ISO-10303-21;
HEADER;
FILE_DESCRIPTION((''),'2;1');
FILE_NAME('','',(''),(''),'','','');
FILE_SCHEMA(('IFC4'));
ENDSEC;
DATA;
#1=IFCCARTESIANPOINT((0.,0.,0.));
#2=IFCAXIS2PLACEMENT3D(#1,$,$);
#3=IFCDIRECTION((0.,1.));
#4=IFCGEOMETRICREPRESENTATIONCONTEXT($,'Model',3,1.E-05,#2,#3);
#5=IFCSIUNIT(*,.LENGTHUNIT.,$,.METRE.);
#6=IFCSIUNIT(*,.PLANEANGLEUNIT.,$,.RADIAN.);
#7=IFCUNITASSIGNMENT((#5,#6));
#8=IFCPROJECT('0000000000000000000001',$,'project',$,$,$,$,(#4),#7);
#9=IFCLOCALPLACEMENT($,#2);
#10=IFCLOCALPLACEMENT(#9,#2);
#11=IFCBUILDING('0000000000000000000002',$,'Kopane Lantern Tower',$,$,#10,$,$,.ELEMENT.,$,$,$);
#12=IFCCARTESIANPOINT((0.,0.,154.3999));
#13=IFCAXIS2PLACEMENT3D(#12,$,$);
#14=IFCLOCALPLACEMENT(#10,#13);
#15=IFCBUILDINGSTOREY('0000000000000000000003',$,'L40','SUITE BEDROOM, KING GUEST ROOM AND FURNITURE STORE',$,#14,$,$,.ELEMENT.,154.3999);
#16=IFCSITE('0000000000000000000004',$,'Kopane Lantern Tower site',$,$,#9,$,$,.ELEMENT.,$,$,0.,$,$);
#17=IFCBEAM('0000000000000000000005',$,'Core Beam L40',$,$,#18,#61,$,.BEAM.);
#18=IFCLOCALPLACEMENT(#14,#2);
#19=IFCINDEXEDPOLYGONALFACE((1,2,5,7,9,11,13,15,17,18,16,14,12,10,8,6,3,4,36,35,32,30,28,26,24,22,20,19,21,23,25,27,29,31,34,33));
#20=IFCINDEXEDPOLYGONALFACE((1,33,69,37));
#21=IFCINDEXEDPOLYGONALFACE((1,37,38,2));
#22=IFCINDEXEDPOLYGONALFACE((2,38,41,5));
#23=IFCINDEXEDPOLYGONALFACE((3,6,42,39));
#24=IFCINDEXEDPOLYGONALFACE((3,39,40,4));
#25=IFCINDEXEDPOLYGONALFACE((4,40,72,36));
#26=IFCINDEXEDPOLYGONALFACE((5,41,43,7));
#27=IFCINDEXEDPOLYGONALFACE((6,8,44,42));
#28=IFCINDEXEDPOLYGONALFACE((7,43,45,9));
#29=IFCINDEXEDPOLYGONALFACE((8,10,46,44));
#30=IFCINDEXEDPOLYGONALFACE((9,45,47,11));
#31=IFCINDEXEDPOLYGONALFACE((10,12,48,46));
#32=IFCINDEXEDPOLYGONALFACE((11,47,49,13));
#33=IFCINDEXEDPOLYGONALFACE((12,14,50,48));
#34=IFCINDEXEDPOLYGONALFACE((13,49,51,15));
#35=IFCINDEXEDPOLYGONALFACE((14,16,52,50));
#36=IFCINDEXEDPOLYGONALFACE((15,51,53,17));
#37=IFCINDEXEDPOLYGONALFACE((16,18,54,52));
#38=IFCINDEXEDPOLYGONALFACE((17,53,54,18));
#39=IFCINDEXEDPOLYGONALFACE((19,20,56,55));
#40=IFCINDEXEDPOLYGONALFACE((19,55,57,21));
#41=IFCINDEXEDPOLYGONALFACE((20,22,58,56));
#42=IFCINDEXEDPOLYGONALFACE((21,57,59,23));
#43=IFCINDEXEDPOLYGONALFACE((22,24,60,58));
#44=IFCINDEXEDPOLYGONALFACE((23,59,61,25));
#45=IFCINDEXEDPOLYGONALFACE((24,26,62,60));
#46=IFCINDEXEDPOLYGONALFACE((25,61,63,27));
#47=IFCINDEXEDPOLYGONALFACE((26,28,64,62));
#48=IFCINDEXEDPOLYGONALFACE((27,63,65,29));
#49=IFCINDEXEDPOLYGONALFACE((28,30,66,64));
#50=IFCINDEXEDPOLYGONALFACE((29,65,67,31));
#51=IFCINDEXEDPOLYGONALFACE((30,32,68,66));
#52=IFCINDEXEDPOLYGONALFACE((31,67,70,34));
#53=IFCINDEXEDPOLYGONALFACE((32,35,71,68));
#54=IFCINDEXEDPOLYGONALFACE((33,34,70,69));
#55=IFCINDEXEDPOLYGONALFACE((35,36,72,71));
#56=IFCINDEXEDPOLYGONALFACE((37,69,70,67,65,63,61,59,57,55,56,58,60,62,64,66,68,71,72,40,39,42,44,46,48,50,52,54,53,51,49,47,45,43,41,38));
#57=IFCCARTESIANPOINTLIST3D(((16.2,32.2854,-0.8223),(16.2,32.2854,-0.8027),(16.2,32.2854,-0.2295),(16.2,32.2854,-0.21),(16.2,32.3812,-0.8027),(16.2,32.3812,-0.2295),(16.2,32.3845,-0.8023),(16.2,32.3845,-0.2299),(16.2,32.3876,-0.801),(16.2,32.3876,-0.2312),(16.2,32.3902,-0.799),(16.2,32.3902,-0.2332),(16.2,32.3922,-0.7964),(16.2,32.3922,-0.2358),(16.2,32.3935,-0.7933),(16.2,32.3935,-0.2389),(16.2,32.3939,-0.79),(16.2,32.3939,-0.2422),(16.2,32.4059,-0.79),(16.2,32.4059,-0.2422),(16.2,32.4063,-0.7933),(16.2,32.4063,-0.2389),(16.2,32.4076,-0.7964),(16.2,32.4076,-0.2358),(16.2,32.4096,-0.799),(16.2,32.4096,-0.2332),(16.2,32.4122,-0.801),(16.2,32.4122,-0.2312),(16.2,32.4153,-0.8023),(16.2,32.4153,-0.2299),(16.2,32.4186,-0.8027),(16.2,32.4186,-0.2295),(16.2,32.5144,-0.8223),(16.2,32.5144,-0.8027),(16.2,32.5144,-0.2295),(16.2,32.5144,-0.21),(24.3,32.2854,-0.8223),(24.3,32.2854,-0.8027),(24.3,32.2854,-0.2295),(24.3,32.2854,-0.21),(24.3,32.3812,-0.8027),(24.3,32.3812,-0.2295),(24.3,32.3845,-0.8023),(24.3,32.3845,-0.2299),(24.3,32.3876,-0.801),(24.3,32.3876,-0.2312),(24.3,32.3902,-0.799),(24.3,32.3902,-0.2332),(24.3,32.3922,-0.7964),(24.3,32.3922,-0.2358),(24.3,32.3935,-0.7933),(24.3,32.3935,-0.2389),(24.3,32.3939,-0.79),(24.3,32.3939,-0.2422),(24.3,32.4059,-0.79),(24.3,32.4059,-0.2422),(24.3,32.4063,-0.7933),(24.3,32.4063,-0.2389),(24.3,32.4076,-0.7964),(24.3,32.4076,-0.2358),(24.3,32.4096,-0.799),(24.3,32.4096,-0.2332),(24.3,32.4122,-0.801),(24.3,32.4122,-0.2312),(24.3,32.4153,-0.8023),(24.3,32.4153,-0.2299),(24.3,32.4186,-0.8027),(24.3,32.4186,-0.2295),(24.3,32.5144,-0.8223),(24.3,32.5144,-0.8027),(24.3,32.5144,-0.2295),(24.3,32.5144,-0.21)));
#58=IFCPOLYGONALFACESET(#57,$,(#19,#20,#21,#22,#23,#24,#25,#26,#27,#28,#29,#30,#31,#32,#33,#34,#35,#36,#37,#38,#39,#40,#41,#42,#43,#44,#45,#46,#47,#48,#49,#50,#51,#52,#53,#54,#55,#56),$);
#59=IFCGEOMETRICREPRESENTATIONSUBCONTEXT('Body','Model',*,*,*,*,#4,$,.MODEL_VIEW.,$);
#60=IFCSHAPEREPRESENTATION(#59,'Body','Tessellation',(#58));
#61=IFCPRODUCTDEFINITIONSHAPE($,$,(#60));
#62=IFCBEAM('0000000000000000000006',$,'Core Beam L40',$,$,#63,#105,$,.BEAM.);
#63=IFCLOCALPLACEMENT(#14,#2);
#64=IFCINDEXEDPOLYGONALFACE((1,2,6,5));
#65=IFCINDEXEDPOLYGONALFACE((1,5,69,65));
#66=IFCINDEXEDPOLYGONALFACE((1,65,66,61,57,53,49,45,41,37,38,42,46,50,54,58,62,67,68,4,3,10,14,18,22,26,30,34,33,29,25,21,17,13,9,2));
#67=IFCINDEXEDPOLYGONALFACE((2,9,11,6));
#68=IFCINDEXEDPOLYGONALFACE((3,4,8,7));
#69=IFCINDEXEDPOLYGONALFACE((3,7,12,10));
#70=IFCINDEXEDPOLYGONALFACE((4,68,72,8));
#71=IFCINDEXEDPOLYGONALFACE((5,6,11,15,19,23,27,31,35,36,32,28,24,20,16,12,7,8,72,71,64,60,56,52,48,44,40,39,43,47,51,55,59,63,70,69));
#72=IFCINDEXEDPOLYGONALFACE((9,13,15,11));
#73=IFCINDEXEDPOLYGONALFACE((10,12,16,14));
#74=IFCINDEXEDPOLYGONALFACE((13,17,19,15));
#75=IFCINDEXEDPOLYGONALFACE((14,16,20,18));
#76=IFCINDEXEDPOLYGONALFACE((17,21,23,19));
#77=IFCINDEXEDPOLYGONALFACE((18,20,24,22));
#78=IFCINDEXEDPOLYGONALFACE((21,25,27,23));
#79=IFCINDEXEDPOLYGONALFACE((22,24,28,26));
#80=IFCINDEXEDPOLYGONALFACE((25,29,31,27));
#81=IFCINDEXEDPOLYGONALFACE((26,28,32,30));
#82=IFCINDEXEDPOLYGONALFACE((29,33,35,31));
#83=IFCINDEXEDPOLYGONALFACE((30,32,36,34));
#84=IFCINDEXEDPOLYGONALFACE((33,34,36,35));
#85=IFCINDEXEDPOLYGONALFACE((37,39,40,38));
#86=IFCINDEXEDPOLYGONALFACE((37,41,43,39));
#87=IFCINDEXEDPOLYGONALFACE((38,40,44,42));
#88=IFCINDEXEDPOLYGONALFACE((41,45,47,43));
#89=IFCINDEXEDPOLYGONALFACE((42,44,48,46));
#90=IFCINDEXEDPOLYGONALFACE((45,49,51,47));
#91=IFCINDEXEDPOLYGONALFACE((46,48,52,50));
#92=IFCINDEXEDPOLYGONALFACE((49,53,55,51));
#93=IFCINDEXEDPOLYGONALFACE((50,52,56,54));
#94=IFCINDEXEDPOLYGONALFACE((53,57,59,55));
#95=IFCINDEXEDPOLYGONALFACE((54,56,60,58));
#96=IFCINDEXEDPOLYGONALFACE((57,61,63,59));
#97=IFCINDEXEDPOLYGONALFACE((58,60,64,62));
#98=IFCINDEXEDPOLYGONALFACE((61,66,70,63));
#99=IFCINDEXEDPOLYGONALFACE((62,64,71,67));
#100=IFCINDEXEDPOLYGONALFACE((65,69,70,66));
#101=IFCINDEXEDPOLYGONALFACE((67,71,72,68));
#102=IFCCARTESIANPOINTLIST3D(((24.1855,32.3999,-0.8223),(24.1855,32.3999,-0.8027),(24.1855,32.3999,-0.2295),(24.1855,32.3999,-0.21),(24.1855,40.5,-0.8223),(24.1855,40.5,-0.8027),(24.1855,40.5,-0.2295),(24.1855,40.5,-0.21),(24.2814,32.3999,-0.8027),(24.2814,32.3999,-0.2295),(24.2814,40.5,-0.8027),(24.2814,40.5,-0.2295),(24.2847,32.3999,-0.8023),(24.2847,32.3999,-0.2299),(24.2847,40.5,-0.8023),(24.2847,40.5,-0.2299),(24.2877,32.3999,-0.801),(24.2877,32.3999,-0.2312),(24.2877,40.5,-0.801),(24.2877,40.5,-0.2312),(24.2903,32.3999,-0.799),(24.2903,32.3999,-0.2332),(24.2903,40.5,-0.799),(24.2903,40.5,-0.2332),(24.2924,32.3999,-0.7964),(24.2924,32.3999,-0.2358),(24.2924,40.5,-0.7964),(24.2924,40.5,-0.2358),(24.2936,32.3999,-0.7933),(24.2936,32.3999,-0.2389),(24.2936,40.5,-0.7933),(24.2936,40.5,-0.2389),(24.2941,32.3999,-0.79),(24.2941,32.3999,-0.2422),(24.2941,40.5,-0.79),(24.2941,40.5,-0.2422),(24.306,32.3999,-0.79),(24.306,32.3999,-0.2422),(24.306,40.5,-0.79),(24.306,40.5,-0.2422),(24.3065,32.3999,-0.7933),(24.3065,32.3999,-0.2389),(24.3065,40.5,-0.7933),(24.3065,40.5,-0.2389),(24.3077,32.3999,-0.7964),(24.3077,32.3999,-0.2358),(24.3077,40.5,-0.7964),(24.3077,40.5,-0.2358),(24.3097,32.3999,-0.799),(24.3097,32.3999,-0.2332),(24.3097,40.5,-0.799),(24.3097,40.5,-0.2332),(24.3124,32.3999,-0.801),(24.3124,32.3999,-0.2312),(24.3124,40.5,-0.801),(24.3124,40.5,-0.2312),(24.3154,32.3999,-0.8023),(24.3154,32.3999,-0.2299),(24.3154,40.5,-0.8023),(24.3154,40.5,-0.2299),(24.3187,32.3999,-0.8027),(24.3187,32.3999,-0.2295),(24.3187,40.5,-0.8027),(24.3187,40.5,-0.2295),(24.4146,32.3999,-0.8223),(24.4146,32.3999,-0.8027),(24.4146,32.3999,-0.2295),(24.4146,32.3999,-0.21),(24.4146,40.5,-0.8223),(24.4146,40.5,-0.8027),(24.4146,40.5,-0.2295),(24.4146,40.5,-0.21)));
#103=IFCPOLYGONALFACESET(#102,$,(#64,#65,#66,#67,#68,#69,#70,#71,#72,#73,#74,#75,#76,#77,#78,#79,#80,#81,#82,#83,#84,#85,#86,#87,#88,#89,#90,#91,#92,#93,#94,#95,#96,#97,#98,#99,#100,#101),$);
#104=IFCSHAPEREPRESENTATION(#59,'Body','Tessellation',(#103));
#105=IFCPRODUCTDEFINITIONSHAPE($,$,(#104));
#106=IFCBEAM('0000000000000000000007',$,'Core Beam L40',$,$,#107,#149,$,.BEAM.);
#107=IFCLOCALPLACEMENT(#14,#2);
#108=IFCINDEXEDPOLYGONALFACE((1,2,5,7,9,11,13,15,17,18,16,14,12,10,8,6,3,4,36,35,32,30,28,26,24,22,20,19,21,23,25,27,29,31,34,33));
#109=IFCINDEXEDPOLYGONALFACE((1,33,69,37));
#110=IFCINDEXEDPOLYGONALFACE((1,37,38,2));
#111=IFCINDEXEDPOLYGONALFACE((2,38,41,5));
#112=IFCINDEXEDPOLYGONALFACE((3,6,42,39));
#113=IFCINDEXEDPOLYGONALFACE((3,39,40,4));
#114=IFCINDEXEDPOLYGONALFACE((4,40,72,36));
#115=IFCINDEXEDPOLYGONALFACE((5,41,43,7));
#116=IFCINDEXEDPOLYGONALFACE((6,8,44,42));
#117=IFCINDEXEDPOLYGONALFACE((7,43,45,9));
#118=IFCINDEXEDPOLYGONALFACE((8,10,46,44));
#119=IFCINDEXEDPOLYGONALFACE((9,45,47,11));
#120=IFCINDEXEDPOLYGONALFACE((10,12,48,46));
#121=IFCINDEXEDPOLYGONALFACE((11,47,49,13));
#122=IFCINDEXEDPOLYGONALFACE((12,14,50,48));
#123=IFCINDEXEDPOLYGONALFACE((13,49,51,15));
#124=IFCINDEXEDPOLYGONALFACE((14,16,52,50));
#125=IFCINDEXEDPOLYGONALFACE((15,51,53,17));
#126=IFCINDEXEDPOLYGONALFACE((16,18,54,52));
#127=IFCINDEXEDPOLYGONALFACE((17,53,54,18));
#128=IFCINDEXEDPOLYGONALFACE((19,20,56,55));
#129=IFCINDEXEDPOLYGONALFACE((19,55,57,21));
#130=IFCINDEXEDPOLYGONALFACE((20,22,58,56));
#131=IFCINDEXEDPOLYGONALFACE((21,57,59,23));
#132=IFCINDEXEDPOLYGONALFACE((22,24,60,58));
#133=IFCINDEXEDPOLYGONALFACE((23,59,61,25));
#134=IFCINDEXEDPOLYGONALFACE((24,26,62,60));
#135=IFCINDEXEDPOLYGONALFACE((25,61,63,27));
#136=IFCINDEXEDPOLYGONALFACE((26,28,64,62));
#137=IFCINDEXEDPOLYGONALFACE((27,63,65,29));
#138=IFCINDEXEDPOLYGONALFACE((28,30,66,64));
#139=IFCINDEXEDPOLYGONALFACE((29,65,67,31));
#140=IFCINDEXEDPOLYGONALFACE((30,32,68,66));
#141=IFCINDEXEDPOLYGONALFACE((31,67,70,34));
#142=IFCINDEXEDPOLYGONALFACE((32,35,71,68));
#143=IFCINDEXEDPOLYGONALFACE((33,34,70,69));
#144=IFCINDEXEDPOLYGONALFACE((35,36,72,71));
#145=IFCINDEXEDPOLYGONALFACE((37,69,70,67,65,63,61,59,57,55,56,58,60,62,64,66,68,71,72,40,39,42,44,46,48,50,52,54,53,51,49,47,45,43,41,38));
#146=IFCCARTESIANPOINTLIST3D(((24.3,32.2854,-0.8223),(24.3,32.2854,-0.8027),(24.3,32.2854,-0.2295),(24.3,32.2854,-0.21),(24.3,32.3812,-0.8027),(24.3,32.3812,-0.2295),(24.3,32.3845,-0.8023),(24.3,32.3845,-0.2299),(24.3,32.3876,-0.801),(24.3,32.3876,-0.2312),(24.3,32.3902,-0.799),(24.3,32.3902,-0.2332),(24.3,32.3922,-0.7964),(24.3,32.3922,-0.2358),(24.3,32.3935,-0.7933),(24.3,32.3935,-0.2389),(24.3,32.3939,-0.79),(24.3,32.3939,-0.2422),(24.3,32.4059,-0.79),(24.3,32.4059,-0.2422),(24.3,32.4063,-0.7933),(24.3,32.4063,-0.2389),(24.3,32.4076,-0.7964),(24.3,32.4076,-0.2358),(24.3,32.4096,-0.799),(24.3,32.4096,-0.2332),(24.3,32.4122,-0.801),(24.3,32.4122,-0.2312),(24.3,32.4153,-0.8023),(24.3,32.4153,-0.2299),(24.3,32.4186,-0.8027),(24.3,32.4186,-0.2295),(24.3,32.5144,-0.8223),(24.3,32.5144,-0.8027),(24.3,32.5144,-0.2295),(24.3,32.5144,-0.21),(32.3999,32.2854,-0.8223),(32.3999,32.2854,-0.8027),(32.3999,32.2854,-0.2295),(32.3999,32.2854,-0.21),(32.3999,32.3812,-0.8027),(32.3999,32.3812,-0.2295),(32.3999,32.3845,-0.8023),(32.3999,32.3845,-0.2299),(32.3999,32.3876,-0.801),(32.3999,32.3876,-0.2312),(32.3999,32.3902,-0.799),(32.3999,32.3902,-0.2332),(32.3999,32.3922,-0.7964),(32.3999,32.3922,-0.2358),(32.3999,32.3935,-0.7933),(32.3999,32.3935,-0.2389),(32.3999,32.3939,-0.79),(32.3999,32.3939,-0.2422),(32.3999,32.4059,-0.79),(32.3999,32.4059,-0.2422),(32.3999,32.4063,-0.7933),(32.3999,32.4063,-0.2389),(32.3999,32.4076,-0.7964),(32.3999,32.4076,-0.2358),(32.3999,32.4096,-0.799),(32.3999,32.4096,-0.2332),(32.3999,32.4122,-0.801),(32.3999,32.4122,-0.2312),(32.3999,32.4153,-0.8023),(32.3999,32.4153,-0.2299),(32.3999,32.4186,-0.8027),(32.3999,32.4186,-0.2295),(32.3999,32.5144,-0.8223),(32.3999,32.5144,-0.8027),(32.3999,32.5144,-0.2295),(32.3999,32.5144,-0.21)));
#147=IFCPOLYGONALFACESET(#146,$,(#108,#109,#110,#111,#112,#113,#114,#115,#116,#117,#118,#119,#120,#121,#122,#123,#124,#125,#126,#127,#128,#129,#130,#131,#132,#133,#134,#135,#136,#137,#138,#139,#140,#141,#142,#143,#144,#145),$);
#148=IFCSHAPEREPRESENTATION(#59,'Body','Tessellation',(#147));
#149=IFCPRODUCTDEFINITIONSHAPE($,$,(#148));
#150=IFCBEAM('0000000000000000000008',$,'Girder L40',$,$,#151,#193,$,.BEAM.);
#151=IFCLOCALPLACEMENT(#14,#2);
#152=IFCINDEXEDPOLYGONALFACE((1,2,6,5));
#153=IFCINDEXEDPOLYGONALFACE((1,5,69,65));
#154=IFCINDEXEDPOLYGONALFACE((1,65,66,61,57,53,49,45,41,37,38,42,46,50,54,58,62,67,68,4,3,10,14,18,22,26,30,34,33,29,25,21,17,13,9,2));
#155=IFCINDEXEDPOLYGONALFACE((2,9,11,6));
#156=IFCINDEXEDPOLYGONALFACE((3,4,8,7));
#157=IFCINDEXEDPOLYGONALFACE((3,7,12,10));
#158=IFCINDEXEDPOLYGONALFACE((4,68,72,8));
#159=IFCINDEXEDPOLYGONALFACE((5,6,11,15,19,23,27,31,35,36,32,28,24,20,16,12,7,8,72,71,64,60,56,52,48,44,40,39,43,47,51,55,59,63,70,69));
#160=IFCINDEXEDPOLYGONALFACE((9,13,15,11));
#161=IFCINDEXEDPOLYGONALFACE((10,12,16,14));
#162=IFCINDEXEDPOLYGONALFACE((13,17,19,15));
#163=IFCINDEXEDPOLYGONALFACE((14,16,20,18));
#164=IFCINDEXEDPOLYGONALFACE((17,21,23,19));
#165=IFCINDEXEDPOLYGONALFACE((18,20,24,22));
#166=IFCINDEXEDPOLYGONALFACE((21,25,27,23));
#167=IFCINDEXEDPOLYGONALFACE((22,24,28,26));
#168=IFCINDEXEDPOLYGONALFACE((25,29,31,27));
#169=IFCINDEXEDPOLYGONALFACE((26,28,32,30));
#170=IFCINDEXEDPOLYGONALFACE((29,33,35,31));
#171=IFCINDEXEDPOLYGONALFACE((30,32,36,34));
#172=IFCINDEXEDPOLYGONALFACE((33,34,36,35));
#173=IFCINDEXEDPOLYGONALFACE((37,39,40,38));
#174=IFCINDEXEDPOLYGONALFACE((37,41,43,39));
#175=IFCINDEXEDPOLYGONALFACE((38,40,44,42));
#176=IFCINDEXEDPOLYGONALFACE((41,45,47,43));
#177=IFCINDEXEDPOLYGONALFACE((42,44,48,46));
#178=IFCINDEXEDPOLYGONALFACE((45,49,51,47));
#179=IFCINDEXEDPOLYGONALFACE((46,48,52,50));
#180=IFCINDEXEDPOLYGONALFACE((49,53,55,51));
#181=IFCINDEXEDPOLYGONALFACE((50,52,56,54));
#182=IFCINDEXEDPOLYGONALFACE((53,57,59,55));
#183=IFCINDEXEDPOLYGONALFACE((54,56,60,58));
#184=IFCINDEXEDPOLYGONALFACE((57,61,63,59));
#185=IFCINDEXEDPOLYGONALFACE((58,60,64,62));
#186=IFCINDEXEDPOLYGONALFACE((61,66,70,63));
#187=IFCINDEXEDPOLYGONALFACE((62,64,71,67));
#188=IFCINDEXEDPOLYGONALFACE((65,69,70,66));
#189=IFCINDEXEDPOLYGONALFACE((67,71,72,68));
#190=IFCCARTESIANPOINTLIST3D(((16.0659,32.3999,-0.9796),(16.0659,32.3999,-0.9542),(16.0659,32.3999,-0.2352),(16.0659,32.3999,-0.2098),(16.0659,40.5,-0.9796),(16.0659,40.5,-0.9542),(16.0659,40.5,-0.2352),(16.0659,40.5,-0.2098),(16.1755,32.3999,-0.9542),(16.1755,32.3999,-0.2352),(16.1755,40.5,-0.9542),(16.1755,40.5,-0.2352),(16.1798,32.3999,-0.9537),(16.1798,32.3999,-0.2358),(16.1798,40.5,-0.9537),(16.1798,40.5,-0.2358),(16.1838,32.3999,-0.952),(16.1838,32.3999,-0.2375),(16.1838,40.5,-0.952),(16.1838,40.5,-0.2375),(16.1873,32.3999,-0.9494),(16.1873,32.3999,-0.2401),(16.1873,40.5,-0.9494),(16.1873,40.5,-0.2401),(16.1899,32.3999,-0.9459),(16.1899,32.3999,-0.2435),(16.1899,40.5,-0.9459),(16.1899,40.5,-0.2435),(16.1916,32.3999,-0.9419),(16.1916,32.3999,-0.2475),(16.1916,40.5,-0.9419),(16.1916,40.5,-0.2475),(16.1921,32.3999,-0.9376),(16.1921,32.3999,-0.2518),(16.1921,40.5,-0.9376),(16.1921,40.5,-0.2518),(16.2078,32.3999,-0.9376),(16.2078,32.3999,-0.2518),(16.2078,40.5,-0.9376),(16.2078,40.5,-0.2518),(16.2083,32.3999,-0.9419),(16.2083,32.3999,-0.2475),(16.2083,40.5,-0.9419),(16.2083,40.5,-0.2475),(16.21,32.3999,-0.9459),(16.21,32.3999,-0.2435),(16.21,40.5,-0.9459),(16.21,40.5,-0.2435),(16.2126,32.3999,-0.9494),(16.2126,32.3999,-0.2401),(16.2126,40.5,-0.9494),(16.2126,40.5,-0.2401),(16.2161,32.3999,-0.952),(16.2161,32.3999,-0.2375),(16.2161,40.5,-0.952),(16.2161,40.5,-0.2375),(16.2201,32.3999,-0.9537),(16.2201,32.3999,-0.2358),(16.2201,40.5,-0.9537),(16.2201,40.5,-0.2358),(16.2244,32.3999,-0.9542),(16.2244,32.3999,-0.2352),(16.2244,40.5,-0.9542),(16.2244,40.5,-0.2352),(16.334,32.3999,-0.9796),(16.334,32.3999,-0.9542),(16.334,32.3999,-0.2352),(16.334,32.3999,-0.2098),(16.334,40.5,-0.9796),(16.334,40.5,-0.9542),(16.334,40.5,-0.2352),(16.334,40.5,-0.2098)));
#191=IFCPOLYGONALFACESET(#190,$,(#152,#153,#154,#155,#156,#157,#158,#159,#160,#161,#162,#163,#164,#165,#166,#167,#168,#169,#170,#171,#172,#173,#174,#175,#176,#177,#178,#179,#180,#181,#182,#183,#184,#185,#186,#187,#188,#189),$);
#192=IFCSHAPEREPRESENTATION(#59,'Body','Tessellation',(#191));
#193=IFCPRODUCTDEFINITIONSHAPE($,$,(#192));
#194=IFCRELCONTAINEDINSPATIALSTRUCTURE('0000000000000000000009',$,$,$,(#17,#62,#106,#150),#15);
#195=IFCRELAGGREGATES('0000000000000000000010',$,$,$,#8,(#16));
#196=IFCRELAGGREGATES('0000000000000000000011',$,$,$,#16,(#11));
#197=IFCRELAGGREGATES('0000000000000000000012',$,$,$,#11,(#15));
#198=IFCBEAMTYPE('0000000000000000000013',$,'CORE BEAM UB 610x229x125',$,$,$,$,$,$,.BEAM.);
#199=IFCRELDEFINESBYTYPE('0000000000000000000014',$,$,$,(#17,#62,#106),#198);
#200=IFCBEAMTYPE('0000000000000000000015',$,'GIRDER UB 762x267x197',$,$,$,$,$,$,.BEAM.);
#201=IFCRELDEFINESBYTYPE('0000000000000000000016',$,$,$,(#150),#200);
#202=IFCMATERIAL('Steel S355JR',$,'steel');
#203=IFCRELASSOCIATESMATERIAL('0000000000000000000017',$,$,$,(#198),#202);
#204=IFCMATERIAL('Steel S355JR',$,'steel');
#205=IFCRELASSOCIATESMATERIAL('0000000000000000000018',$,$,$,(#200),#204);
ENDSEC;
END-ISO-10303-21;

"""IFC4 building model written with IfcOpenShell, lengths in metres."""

from ifc_helpers import new_model, si_unit, direction, frame, origin, origin_2d, place, context, subcontext, project, spatial, i_section, extrude, material, material_profile, profile_set, type_object, element, save


model = new_model("IFC4")

# Units and contexts
model_context = context("Model", 3, precision=1e-05, world=origin(), true_north=direction((0.0, 1.0)))
body_context = subcontext(model_context, "Body", "Model", "MODEL_VIEW")
ifc_project = project(units=[si_unit("LENGTHUNIT", "METRE"), si_unit("PLANEANGLEUNIT", "RADIAN")], contexts=[model_context])

# Site, building, storey
site_placement = place(None, origin())
site = spatial("IfcSite", under=ifc_project, at=site_placement, Name="Kopane Lantern Tower site", CompositionType="ELEMENT", RefElevation=0.0)
building_placement = place(site_placement, origin())
building = spatial("IfcBuilding", under=site, at=building_placement, Name="Kopane Lantern Tower", CompositionType="ELEMENT")
storey_placement = place(building_placement, frame((0.0, 0.0, 154.3999)))
storey = spatial("IfcBuildingStorey", under=building, at=storey_placement, Name="L40", Description="SUITE BEDROOM, KING GUEST ROOM AND FURNITURE STORE", CompositionType="ELEMENT", Elevation=154.3999)

# Beams
ifc_material_1 = material(Name="Steel S355JR", Category="steel")
ifc_material_profile_1 = material_profile(ifc_material_1, i_section(OverallWidth=0.229, OverallDepth=0.6123, WebThickness=0.012, FlangeThickness=0.0195, FilletRadius=0.0127, at=origin_2d()), Name="UB 610x229x125")
ifc_profile_set_1 = profile_set([ifc_material_profile_1], Name="Steel S355JR")
beam_type_1 = type_object("IfcBeamType", Name="CORE BEAM UB 610x229x125", PredefinedType="BEAM", material=ifc_profile_set_1)
for number, where, z_axis, x_axis, name in (
    (1, (16.2, 32.3999, -0.5161), (1.0, 0.0, 0.0), (0.0, 1.0, 0.0), "Core Beam L40"),
    (2, (24.3, 32.3999, -0.5161), (0.0, 1.0, 0.0), (-1.0, 0.0, 0.0), "Core Beam L40"),
):
    element("IfcBeam", number, at=place(storey_placement, frame(where, z_axis=z_axis, x_axis=x_axis)), inside=storey, type_object=beam_type_1, Name=name, PredefinedType="BEAM", context=body_context, shape_type="SweptSolid", body=[
        extrude(i_section(OverallWidth=0.229, OverallDepth=0.6123, WebThickness=0.012, FlangeThickness=0.0195, FilletRadius=0.0127, at=origin_2d()), origin(), (0.0, 0.0, 1.0), 8.1001),
    ])
beam_1_placement = place(storey_placement, frame((24.3, 32.3999, -0.5161), z_axis=(1.0, 0.0, 0.0), x_axis=(0.0, 1.0, 0.0)))
element("IfcBeam", 3, at=beam_1_placement, inside=storey, type_object=beam_type_1, Name="Core Beam L40", PredefinedType="BEAM", context=body_context, shape_type="SweptSolid", body=[
    extrude(i_section(OverallWidth=0.229, OverallDepth=0.6123, WebThickness=0.012, FlangeThickness=0.0195, FilletRadius=0.0127, at=origin_2d()), origin(), (0.0, 0.0, 1.0), 8.0999),
])
ifc_material_2 = material(Name="Steel S355JR", Category="steel")
ifc_material_profile_2 = material_profile(ifc_material_2, i_section(OverallWidth=0.2681, OverallDepth=0.7698, WebThickness=0.0156, FlangeThickness=0.0254, FilletRadius=0.0166, at=origin_2d()), Name="UB 762x267x197")
ifc_profile_set_2 = profile_set([ifc_material_profile_2], Name="Steel S355JR")
beam_type_2 = type_object("IfcBeamType", Name="GIRDER UB 762x267x197", PredefinedType="BEAM", material=ifc_profile_set_2)
beam_2_placement = place(storey_placement, frame((16.2, 32.3999, -0.5947), z_axis=(0.0, 1.0, 0.0), x_axis=(-1.0, 0.0, 0.0)))
element("IfcBeam", 4, at=beam_2_placement, inside=storey, type_object=beam_type_2, Name="Girder L40", PredefinedType="BEAM", context=body_context, shape_type="SweptSolid", body=[
    extrude(i_section(OverallWidth=0.2681, OverallDepth=0.7698, WebThickness=0.0156, FlangeThickness=0.0254, FilletRadius=0.0166, at=origin_2d()), origin(), (0.0, 0.0, 1.0), 8.1001),
])

save(model, "model.ifc")
